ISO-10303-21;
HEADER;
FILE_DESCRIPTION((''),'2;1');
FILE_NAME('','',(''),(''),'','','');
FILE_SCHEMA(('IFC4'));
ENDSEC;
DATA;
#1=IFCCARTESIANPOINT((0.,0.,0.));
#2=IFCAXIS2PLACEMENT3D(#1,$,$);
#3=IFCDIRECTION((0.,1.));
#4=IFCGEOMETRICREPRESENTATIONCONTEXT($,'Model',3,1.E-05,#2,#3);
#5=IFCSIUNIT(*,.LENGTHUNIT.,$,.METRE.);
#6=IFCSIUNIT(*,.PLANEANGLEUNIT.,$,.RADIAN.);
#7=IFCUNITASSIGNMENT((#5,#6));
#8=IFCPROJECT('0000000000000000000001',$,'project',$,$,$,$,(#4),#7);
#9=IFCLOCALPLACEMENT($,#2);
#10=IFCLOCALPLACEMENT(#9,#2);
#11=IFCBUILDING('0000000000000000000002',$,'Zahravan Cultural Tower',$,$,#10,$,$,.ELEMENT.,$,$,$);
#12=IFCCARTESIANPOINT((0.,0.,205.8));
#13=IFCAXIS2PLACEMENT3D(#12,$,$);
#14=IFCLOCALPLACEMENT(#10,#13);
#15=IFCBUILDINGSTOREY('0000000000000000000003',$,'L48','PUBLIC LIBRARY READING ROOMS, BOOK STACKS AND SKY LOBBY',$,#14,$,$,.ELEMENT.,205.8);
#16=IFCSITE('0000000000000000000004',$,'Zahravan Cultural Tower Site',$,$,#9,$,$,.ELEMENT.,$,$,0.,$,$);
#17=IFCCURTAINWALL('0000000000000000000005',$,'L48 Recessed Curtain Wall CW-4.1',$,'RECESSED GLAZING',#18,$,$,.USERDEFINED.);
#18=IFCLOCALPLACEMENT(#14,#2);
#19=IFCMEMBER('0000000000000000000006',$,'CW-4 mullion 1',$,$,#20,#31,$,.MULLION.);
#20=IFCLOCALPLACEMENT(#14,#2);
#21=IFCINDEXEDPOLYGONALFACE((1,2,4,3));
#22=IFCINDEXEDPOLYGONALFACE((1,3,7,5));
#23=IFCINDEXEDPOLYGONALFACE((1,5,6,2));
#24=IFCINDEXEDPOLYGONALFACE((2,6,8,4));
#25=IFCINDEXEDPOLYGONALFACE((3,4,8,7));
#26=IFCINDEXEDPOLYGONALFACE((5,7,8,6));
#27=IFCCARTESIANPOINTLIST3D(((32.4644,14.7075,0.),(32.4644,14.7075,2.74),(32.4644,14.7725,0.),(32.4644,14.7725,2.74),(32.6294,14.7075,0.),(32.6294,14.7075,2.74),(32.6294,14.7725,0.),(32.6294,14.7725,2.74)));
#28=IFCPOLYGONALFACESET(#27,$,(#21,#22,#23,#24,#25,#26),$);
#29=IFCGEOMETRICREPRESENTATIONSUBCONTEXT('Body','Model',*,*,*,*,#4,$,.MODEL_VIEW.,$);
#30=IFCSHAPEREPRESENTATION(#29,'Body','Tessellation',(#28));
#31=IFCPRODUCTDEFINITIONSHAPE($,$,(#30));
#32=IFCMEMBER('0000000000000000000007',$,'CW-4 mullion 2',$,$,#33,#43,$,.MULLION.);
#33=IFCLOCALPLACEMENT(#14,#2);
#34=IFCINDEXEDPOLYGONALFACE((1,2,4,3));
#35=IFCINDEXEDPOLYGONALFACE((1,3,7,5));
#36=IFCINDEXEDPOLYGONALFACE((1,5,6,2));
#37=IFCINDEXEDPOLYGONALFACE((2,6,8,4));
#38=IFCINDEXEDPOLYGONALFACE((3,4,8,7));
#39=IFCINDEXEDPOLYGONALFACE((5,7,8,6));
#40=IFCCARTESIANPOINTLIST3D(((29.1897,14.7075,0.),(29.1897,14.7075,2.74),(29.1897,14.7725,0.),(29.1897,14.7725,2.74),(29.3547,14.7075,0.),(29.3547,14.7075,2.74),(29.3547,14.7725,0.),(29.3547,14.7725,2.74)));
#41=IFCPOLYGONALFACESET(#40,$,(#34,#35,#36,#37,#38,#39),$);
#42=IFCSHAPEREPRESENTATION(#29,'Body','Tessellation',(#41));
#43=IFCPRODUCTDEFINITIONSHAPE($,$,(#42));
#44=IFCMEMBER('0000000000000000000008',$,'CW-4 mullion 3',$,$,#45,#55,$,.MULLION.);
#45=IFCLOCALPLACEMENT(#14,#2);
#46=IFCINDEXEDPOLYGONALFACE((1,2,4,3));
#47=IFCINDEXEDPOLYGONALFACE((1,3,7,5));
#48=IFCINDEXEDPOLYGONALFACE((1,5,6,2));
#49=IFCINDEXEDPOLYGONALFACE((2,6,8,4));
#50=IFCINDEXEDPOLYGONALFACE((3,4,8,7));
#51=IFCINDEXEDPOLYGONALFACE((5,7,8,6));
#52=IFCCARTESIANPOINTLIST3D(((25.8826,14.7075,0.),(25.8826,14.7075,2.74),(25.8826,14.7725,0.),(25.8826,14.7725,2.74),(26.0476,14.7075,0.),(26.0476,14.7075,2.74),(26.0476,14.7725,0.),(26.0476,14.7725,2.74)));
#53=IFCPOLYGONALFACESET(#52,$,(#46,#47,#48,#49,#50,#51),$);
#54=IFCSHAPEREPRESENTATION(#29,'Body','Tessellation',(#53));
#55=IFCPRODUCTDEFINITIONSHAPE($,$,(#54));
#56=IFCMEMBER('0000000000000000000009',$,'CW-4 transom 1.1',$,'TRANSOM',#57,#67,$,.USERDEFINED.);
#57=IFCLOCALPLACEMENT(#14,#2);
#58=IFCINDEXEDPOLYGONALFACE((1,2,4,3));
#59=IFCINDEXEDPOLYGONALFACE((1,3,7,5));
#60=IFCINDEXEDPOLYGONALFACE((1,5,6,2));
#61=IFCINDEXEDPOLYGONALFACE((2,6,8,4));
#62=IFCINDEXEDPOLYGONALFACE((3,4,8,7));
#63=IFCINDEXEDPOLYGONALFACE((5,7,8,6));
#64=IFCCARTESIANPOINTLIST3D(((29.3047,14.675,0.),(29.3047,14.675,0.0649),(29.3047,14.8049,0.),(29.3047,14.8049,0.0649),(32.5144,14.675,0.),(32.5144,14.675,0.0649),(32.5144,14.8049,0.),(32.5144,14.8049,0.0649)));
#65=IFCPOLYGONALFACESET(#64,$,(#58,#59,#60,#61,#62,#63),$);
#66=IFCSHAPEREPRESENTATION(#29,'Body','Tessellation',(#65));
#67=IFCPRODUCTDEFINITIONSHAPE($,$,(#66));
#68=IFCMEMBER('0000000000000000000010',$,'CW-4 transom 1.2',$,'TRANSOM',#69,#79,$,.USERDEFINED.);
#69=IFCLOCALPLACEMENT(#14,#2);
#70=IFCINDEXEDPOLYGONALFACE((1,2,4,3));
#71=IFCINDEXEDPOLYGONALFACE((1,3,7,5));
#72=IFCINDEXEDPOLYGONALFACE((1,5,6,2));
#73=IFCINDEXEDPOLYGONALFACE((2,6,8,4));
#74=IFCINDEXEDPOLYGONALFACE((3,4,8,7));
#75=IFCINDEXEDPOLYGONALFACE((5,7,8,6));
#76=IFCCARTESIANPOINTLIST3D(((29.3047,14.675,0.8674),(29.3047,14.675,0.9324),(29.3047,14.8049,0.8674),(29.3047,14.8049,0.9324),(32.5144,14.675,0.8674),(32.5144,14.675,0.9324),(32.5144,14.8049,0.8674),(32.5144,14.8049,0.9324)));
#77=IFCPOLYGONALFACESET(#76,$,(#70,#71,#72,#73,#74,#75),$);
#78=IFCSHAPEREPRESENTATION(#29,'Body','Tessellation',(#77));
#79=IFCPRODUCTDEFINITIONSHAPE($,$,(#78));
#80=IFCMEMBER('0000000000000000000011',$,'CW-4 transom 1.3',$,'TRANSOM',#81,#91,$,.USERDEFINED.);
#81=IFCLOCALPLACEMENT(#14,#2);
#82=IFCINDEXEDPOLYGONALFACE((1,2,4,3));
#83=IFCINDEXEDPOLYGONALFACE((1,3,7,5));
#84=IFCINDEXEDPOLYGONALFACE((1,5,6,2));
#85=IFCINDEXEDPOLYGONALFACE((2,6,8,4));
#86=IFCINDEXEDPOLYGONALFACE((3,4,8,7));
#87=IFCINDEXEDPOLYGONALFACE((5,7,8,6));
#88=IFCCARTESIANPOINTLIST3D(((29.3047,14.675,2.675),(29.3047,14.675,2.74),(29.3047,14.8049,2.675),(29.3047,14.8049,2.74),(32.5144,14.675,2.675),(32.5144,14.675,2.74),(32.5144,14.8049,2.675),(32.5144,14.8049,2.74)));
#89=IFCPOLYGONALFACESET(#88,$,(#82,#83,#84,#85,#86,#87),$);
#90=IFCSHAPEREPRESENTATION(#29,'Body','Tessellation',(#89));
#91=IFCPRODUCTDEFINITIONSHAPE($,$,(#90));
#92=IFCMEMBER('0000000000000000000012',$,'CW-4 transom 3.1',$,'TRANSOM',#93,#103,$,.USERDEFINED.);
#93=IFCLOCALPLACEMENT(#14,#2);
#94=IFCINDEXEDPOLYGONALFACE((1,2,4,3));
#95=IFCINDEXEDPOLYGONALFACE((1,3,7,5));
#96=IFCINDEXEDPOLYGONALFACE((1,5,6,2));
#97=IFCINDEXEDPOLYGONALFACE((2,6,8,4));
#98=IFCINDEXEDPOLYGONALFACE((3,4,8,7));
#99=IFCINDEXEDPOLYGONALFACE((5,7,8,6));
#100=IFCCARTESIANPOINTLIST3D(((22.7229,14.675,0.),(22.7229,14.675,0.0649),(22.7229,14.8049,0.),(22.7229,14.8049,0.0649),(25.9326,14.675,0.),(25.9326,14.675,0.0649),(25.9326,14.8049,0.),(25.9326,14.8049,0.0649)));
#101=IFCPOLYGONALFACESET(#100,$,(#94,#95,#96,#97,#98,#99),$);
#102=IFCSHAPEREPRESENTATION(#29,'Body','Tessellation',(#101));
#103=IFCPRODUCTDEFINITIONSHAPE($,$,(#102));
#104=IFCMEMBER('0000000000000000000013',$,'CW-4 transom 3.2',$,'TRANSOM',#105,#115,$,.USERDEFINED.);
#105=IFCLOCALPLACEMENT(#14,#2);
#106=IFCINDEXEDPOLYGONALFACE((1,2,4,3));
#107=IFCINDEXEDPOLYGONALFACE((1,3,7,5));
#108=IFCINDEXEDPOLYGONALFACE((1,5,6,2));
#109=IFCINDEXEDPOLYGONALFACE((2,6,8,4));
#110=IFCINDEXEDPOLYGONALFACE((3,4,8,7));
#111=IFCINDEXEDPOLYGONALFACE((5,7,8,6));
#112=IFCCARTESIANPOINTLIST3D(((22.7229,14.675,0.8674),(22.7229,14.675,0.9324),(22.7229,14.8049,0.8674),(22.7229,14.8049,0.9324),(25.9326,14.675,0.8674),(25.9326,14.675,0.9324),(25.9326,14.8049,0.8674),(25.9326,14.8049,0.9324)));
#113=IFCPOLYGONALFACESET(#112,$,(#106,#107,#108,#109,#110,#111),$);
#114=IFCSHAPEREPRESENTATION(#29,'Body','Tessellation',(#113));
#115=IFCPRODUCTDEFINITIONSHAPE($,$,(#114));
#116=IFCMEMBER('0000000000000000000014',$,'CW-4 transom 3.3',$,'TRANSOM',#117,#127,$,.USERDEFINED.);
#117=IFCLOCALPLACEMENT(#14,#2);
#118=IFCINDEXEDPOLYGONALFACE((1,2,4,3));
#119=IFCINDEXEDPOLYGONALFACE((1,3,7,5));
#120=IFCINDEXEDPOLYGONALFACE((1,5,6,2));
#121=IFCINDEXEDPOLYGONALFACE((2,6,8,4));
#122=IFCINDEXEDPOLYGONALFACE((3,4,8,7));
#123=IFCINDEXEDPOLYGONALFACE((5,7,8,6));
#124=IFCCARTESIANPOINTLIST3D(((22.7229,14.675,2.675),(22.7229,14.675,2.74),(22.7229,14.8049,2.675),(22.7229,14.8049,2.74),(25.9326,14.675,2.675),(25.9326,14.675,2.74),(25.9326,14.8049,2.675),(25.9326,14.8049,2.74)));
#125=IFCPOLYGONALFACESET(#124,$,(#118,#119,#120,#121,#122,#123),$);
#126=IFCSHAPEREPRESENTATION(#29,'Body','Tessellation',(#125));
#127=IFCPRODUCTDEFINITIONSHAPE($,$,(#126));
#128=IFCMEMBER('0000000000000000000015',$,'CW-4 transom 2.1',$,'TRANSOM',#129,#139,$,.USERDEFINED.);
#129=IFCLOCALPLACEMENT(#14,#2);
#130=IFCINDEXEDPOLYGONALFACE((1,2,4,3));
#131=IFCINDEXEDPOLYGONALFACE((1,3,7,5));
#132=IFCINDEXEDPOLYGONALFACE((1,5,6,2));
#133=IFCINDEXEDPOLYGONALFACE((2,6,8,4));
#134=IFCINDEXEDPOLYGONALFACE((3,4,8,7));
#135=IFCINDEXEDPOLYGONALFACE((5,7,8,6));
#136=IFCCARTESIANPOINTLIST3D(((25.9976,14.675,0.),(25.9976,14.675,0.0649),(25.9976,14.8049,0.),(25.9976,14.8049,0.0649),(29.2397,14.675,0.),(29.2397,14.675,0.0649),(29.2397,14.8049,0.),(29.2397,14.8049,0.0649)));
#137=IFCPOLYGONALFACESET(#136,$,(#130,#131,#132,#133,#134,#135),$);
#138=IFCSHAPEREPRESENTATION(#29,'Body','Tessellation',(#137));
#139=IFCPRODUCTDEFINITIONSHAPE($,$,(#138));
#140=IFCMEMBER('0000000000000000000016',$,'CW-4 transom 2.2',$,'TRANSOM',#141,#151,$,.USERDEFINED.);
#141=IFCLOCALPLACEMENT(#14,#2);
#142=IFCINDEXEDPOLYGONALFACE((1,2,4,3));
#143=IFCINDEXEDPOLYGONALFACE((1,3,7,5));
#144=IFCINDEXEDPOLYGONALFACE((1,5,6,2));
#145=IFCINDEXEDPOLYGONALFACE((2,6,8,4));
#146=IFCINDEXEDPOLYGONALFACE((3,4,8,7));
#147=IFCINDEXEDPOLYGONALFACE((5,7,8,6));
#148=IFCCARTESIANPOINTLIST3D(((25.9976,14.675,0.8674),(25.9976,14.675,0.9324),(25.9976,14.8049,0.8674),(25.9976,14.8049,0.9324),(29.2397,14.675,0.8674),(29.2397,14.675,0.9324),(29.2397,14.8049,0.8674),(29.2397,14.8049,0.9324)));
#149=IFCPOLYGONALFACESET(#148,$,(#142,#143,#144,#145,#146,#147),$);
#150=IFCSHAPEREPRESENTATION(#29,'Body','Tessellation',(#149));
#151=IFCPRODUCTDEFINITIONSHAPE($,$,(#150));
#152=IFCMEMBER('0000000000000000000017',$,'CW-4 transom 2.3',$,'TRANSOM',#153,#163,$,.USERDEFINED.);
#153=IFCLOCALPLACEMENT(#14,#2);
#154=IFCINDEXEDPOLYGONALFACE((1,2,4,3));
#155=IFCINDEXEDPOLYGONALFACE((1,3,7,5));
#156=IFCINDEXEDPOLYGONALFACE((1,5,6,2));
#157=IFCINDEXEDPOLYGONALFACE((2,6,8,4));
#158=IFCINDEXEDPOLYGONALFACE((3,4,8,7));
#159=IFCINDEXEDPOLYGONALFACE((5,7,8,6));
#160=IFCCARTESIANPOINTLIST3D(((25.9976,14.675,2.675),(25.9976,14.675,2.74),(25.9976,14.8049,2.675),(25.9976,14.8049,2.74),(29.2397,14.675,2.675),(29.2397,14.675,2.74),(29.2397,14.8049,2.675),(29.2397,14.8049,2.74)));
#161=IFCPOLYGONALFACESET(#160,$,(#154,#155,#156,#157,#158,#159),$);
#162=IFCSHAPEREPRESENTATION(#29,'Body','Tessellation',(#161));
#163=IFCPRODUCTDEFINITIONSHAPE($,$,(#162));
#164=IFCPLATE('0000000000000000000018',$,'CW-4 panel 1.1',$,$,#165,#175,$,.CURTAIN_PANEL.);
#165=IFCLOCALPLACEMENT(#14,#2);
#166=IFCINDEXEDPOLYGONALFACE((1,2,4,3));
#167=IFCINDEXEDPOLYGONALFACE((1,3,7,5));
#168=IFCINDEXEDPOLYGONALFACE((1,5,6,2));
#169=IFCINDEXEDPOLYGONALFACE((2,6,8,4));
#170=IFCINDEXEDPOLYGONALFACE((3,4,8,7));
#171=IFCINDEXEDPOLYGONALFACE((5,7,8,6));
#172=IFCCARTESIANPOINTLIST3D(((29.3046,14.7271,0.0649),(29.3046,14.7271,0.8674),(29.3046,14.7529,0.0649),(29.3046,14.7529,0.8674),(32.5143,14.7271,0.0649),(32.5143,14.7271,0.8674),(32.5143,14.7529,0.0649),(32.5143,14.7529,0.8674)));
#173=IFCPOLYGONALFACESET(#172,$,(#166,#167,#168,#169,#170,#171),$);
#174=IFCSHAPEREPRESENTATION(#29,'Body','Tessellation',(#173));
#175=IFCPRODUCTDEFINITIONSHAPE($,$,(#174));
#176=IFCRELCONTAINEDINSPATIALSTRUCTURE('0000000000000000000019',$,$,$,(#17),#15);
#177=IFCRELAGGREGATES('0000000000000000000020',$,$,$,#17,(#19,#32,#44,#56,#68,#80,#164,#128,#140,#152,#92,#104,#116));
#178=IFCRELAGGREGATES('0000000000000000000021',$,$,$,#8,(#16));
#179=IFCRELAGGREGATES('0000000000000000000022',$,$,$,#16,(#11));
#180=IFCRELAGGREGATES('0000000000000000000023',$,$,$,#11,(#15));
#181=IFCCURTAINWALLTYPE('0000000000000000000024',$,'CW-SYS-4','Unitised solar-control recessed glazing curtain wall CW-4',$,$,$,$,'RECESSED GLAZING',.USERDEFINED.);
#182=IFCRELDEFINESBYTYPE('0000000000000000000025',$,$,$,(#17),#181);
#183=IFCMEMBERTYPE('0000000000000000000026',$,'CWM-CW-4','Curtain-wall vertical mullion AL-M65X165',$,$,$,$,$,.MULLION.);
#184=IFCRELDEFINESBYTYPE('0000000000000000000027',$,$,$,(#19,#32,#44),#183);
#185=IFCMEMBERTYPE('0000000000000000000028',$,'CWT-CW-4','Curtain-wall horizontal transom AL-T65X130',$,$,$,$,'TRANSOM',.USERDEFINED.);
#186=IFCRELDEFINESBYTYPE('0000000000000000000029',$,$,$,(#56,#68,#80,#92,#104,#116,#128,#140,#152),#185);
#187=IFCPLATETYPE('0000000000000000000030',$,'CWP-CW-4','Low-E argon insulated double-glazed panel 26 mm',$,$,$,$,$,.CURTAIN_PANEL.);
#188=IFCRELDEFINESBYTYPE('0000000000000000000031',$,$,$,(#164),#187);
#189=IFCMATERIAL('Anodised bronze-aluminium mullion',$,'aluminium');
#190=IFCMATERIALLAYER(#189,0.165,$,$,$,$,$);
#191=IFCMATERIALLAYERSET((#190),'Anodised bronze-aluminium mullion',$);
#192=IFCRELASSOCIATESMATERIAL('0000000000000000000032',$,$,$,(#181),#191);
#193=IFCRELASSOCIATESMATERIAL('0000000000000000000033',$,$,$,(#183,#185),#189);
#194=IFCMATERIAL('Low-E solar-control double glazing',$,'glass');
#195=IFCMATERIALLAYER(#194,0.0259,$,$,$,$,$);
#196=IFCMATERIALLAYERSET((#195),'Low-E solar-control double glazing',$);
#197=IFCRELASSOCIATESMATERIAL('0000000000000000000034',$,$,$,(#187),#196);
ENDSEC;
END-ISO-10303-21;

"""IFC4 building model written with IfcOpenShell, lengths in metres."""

from ifc_helpers import new_model, si_unit, direction, frame, origin, origin_2d, place, context, subcontext, project, spatial, rectangle, extrude, source, transform, mapped, material, layer, layer_set, material_profile, profile_set, type_object, element, aggregate, save


model = new_model("IFC4")

# Units and contexts
model_context = context("Model", 3, precision=1e-05, world=origin(), true_north=direction((0.0, 1.0)))
body_context = subcontext(model_context, "Body", "Model", "MODEL_VIEW")
ifc_project = project(units=[si_unit("LENGTHUNIT", "METRE"), si_unit("PLANEANGLEUNIT", "RADIAN")], contexts=[model_context])

# Site, building, storey
site_placement = place(None, origin())
site = spatial("IfcSite", under=ifc_project, at=site_placement, Name="Zahravan Cultural Tower Site", CompositionType="ELEMENT", RefElevation=0.0)
building_placement = place(site_placement, origin())
building = spatial("IfcBuilding", under=site, at=building_placement, Name="Zahravan Cultural Tower", CompositionType="ELEMENT")
storey_placement = place(building_placement, frame((0.0, 0.0, 205.8)))
storey = spatial("IfcBuildingStorey", under=building, at=storey_placement, Name="L48", Description="PUBLIC LIBRARY READING ROOMS, BOOK STACKS AND SKY LOBBY", CompositionType="ELEMENT", Elevation=205.8)

# Curtain wall, members, plate
ifc_material_1 = material(Name="Anodised bronze-aluminium mullion", Category="aluminium")
ifc_layer_1 = layer(ifc_material_1, 0.165)
ifc_layer_set_1 = layer_set([ifc_layer_1], Name="Anodised bronze-aluminium mullion")
curtain_wall_type = type_object("IfcCurtainWallType", Name="CW-SYS-4", Description="Unitised solar-control recessed glazing curtain wall CW-4", ElementType="RECESSED GLAZING", PredefinedType="USERDEFINED", material=ifc_layer_set_1)
curtain_wall_placement = place(storey_placement, origin())
curtain_wall = element("IfcCurtainWall", 1, at=curtain_wall_placement, inside=storey, type_object=curtain_wall_type, Name="L48 Recessed Curtain Wall CW-4.1", ObjectType="RECESSED GLAZING", PredefinedType="USERDEFINED")
ifc_material_profile_1 = material_profile(ifc_material_1, rectangle(XDim=0.0649, YDim=0.165, at=origin_2d()), Name="AL-M65X165")
ifc_profile_set_1 = profile_set([ifc_material_profile_1], Name="Anodised bronze-aluminium mullion")
member_type_1 = type_object("IfcMemberType", Name="CWM-CW-4", Description="Curtain-wall vertical mullion AL-M65X165", PredefinedType="MULLION", material=ifc_profile_set_1)
shared_shape_1 = source(origin(), body_context, "Body", "SweptSolid", [
    extrude(rectangle(XDim=0.0649, YDim=0.165, at=origin_2d()), origin(), (0.0, 0.0, 1.0), 2.74),
])
member_1_placement = place(storey_placement, frame((32.5469, 14.74, 0.0), z_axis=(0.0, 0.0, 1.0), x_axis=(0.0, -1.0, 0.0)))
member_1 = element("IfcMember", 2, at=member_1_placement, type_object=member_type_1, Name="CW-4 mullion 1", PredefinedType="MULLION", context=body_context, shape_type="MappedRepresentation", body=[
    mapped(shared_shape_1, transform((0.0, 0.0, 0.0), x_axis=(1.0, 0.0, 0.0), y_axis=(0.0, 1.0, 0.0), z_axis=(0.0, 0.0, 1.0), scale=1.0)),
])
member_2_placement = place(storey_placement, frame((29.2722, 14.74, 0.0), z_axis=(0.0, 0.0, 1.0), x_axis=(0.0, -1.0, 0.0)))
member_2 = element("IfcMember", 3, at=member_2_placement, type_object=member_type_1, Name="CW-4 mullion 2", PredefinedType="MULLION", context=body_context, shape_type="MappedRepresentation", body=[
    mapped(shared_shape_1, transform((0.0, 0.0, 0.0), x_axis=(1.0, 0.0, 0.0), y_axis=(0.0, 1.0, 0.0), z_axis=(0.0, 0.0, 1.0), scale=1.0)),
])
member_3_placement = place(storey_placement, frame((25.9651, 14.74, 0.0), z_axis=(0.0, 0.0, 1.0), x_axis=(0.0, -1.0, 0.0)))
member_3 = element("IfcMember", 4, at=member_3_placement, type_object=member_type_1, Name="CW-4 mullion 3", PredefinedType="MULLION", context=body_context, shape_type="MappedRepresentation", body=[
    mapped(shared_shape_1, transform((0.0, 0.0, 0.0), x_axis=(1.0, 0.0, 0.0), y_axis=(0.0, 1.0, 0.0), z_axis=(0.0, 0.0, 1.0), scale=1.0)),
])
ifc_material_profile_2 = material_profile(ifc_material_1, rectangle(XDim=0.1299, YDim=0.0649, at=origin_2d()), Name="AL-T65X130")
ifc_profile_set_2 = profile_set([ifc_material_profile_2], Name="Anodised bronze-aluminium mullion")
member_type_2 = type_object("IfcMemberType", Name="CWT-CW-4", Description="Curtain-wall horizontal transom AL-T65X130", ElementType="TRANSOM", PredefinedType="USERDEFINED", material=ifc_profile_set_2)
shared_shape_2 = source(origin(), body_context, "Body", "SweptSolid", [
    extrude(rectangle(XDim=0.1299, YDim=0.0649, at=origin_2d()), origin(), (0.0, 0.0, 1.0), 3.2097),
])
member_4_placement = place(storey_placement, frame((32.5144, 14.74, 0.0325), z_axis=(-1.0, 0.0, 0.0), x_axis=(0.0, -1.0, 0.0)))
member_4 = element("IfcMember", 5, at=member_4_placement, type_object=member_type_2, Name="CW-4 transom 1.1", ObjectType="TRANSOM", PredefinedType="USERDEFINED", context=body_context, shape_type="MappedRepresentation", body=[
    mapped(shared_shape_2, transform((0.0, 0.0, 0.0), x_axis=(1.0, 0.0, 0.0), y_axis=(0.0, 1.0, 0.0), z_axis=(0.0, 0.0, 1.0), scale=1.0)),
])
member_5_placement = place(storey_placement, frame((32.5144, 14.74, 0.8999), z_axis=(-1.0, 0.0, 0.0), x_axis=(0.0, -1.0, 0.0)))
member_5 = element("IfcMember", 6, at=member_5_placement, type_object=member_type_2, Name="CW-4 transom 1.2", ObjectType="TRANSOM", PredefinedType="USERDEFINED", context=body_context, shape_type="MappedRepresentation", body=[
    mapped(shared_shape_2, transform((0.0, 0.0, 0.0), x_axis=(1.0, 0.0, 0.0), y_axis=(0.0, 1.0, 0.0), z_axis=(0.0, 0.0, 1.0), scale=1.0)),
])
member_6_placement = place(storey_placement, frame((32.5144, 14.74, 2.7075), z_axis=(-1.0, 0.0, 0.0), x_axis=(0.0, -1.0, 0.0)))
member_6 = element("IfcMember", 7, at=member_6_placement, type_object=member_type_2, Name="CW-4 transom 1.3", ObjectType="TRANSOM", PredefinedType="USERDEFINED", context=body_context, shape_type="MappedRepresentation", body=[
    mapped(shared_shape_2, transform((0.0, 0.0, 0.0), x_axis=(1.0, 0.0, 0.0), y_axis=(0.0, 1.0, 0.0), z_axis=(0.0, 0.0, 1.0), scale=1.0)),
])
member_7_placement = place(storey_placement, frame((25.9326, 14.74, 0.0325), z_axis=(-1.0, 0.0, 0.0), x_axis=(0.0, -1.0, 0.0)))
member_7 = element("IfcMember", 8, at=member_7_placement, type_object=member_type_2, Name="CW-4 transom 3.1", ObjectType="TRANSOM", PredefinedType="USERDEFINED", context=body_context, shape_type="MappedRepresentation", body=[
    mapped(shared_shape_2, transform((0.0, 0.0, 0.0), x_axis=(1.0, 0.0, 0.0), y_axis=(0.0, 1.0, 0.0), z_axis=(0.0, 0.0, 1.0), scale=1.0)),
])
member_8_placement = place(storey_placement, frame((25.9326, 14.74, 0.8999), z_axis=(-1.0, 0.0, 0.0), x_axis=(0.0, -1.0, 0.0)))
member_8 = element("IfcMember", 9, at=member_8_placement, type_object=member_type_2, Name="CW-4 transom 3.2", ObjectType="TRANSOM", PredefinedType="USERDEFINED", context=body_context, shape_type="MappedRepresentation", body=[
    mapped(shared_shape_2, transform((0.0, 0.0, 0.0), x_axis=(1.0, 0.0, 0.0), y_axis=(0.0, 1.0, 0.0), z_axis=(0.0, 0.0, 1.0), scale=1.0)),
])
member_9_placement = place(storey_placement, frame((25.9326, 14.74, 2.7075), z_axis=(-1.0, 0.0, 0.0), x_axis=(0.0, -1.0, 0.0)))
member_9 = element("IfcMember", 10, at=member_9_placement, type_object=member_type_2, Name="CW-4 transom 3.3", ObjectType="TRANSOM", PredefinedType="USERDEFINED", context=body_context, shape_type="MappedRepresentation", body=[
    mapped(shared_shape_2, transform((0.0, 0.0, 0.0), x_axis=(1.0, 0.0, 0.0), y_axis=(0.0, 1.0, 0.0), z_axis=(0.0, 0.0, 1.0), scale=1.0)),
])
shared_shape_3 = source(origin(), body_context, "Body", "SweptSolid", [
    extrude(rectangle(XDim=0.1299, YDim=0.0649, at=origin_2d()), origin(), (0.0, 0.0, 1.0), 3.2422),
])
member_10_placement = place(storey_placement, frame((29.2397, 14.74, 0.0325), z_axis=(-1.0, 0.0, 0.0), x_axis=(0.0, -1.0, 0.0)))
member_10 = element("IfcMember", 11, at=member_10_placement, type_object=member_type_2, Name="CW-4 transom 2.1", ObjectType="TRANSOM", PredefinedType="USERDEFINED", context=body_context, shape_type="MappedRepresentation", body=[
    mapped(shared_shape_3, transform((0.0, 0.0, 0.0), x_axis=(1.0, 0.0, 0.0), y_axis=(0.0, 1.0, 0.0), z_axis=(0.0, 0.0, 1.0), scale=1.0)),
])
member_11_placement = place(storey_placement, frame((29.2397, 14.74, 0.8999), z_axis=(-1.0, 0.0, 0.0), x_axis=(0.0, -1.0, 0.0)))
member_11 = element("IfcMember", 12, at=member_11_placement, type_object=member_type_2, Name="CW-4 transom 2.2", ObjectType="TRANSOM", PredefinedType="USERDEFINED", context=body_context, shape_type="MappedRepresentation", body=[
    mapped(shared_shape_3, transform((0.0, 0.0, 0.0), x_axis=(1.0, 0.0, 0.0), y_axis=(0.0, 1.0, 0.0), z_axis=(0.0, 0.0, 1.0), scale=1.0)),
])
member_12_placement = place(storey_placement, frame((29.2397, 14.74, 2.7075), z_axis=(-1.0, 0.0, 0.0), x_axis=(0.0, -1.0, 0.0)))
member_12 = element("IfcMember", 13, at=member_12_placement, type_object=member_type_2, Name="CW-4 transom 2.3", ObjectType="TRANSOM", PredefinedType="USERDEFINED", context=body_context, shape_type="MappedRepresentation", body=[
    mapped(shared_shape_3, transform((0.0, 0.0, 0.0), x_axis=(1.0, 0.0, 0.0), y_axis=(0.0, 1.0, 0.0), z_axis=(0.0, 0.0, 1.0), scale=1.0)),
])
ifc_material_2 = material(Name="Low-E solar-control double glazing", Category="glass")
ifc_layer_2 = layer(ifc_material_2, 0.0259)
ifc_layer_set_2 = layer_set([ifc_layer_2], Name="Low-E solar-control double glazing")
plate_type = type_object("IfcPlateType", Name="CWP-CW-4", Description="Low-E argon insulated double-glazed panel 26 mm", PredefinedType="CURTAIN_PANEL", material=ifc_layer_set_2)
shared_shape_4 = source(origin(), body_context, "Body", "SweptSolid", [
    extrude(rectangle(XDim=3.2097, YDim=0.0259, at=origin_2d()), origin(), (0.0, 0.0, 1.0), 0.8025),
])
plate_1_placement = place(storey_placement, frame((30.9094, 14.74, 0.0649), z_axis=(0.0, 0.0, 1.0), x_axis=(-1.0, 0.0, 0.0)))
plate_1 = element("IfcPlate", 14, at=plate_1_placement, type_object=plate_type, Name="CW-4 panel 1.1", PredefinedType="CURTAIN_PANEL", context=body_context, shape_type="MappedRepresentation", body=[
    mapped(shared_shape_4, transform((0.0, 0.0, 0.0), x_axis=(1.0, 0.0, 0.0), y_axis=(0.0, 1.0, 0.0), z_axis=(0.0, 0.0, 1.0), scale=1.0)),
])
aggregate(curtain_wall, [member_1, member_2, member_3, member_4, member_5, member_6, plate_1, member_10, member_11, member_12, member_7, member_8, member_9])

save(model, "model.ifc")
